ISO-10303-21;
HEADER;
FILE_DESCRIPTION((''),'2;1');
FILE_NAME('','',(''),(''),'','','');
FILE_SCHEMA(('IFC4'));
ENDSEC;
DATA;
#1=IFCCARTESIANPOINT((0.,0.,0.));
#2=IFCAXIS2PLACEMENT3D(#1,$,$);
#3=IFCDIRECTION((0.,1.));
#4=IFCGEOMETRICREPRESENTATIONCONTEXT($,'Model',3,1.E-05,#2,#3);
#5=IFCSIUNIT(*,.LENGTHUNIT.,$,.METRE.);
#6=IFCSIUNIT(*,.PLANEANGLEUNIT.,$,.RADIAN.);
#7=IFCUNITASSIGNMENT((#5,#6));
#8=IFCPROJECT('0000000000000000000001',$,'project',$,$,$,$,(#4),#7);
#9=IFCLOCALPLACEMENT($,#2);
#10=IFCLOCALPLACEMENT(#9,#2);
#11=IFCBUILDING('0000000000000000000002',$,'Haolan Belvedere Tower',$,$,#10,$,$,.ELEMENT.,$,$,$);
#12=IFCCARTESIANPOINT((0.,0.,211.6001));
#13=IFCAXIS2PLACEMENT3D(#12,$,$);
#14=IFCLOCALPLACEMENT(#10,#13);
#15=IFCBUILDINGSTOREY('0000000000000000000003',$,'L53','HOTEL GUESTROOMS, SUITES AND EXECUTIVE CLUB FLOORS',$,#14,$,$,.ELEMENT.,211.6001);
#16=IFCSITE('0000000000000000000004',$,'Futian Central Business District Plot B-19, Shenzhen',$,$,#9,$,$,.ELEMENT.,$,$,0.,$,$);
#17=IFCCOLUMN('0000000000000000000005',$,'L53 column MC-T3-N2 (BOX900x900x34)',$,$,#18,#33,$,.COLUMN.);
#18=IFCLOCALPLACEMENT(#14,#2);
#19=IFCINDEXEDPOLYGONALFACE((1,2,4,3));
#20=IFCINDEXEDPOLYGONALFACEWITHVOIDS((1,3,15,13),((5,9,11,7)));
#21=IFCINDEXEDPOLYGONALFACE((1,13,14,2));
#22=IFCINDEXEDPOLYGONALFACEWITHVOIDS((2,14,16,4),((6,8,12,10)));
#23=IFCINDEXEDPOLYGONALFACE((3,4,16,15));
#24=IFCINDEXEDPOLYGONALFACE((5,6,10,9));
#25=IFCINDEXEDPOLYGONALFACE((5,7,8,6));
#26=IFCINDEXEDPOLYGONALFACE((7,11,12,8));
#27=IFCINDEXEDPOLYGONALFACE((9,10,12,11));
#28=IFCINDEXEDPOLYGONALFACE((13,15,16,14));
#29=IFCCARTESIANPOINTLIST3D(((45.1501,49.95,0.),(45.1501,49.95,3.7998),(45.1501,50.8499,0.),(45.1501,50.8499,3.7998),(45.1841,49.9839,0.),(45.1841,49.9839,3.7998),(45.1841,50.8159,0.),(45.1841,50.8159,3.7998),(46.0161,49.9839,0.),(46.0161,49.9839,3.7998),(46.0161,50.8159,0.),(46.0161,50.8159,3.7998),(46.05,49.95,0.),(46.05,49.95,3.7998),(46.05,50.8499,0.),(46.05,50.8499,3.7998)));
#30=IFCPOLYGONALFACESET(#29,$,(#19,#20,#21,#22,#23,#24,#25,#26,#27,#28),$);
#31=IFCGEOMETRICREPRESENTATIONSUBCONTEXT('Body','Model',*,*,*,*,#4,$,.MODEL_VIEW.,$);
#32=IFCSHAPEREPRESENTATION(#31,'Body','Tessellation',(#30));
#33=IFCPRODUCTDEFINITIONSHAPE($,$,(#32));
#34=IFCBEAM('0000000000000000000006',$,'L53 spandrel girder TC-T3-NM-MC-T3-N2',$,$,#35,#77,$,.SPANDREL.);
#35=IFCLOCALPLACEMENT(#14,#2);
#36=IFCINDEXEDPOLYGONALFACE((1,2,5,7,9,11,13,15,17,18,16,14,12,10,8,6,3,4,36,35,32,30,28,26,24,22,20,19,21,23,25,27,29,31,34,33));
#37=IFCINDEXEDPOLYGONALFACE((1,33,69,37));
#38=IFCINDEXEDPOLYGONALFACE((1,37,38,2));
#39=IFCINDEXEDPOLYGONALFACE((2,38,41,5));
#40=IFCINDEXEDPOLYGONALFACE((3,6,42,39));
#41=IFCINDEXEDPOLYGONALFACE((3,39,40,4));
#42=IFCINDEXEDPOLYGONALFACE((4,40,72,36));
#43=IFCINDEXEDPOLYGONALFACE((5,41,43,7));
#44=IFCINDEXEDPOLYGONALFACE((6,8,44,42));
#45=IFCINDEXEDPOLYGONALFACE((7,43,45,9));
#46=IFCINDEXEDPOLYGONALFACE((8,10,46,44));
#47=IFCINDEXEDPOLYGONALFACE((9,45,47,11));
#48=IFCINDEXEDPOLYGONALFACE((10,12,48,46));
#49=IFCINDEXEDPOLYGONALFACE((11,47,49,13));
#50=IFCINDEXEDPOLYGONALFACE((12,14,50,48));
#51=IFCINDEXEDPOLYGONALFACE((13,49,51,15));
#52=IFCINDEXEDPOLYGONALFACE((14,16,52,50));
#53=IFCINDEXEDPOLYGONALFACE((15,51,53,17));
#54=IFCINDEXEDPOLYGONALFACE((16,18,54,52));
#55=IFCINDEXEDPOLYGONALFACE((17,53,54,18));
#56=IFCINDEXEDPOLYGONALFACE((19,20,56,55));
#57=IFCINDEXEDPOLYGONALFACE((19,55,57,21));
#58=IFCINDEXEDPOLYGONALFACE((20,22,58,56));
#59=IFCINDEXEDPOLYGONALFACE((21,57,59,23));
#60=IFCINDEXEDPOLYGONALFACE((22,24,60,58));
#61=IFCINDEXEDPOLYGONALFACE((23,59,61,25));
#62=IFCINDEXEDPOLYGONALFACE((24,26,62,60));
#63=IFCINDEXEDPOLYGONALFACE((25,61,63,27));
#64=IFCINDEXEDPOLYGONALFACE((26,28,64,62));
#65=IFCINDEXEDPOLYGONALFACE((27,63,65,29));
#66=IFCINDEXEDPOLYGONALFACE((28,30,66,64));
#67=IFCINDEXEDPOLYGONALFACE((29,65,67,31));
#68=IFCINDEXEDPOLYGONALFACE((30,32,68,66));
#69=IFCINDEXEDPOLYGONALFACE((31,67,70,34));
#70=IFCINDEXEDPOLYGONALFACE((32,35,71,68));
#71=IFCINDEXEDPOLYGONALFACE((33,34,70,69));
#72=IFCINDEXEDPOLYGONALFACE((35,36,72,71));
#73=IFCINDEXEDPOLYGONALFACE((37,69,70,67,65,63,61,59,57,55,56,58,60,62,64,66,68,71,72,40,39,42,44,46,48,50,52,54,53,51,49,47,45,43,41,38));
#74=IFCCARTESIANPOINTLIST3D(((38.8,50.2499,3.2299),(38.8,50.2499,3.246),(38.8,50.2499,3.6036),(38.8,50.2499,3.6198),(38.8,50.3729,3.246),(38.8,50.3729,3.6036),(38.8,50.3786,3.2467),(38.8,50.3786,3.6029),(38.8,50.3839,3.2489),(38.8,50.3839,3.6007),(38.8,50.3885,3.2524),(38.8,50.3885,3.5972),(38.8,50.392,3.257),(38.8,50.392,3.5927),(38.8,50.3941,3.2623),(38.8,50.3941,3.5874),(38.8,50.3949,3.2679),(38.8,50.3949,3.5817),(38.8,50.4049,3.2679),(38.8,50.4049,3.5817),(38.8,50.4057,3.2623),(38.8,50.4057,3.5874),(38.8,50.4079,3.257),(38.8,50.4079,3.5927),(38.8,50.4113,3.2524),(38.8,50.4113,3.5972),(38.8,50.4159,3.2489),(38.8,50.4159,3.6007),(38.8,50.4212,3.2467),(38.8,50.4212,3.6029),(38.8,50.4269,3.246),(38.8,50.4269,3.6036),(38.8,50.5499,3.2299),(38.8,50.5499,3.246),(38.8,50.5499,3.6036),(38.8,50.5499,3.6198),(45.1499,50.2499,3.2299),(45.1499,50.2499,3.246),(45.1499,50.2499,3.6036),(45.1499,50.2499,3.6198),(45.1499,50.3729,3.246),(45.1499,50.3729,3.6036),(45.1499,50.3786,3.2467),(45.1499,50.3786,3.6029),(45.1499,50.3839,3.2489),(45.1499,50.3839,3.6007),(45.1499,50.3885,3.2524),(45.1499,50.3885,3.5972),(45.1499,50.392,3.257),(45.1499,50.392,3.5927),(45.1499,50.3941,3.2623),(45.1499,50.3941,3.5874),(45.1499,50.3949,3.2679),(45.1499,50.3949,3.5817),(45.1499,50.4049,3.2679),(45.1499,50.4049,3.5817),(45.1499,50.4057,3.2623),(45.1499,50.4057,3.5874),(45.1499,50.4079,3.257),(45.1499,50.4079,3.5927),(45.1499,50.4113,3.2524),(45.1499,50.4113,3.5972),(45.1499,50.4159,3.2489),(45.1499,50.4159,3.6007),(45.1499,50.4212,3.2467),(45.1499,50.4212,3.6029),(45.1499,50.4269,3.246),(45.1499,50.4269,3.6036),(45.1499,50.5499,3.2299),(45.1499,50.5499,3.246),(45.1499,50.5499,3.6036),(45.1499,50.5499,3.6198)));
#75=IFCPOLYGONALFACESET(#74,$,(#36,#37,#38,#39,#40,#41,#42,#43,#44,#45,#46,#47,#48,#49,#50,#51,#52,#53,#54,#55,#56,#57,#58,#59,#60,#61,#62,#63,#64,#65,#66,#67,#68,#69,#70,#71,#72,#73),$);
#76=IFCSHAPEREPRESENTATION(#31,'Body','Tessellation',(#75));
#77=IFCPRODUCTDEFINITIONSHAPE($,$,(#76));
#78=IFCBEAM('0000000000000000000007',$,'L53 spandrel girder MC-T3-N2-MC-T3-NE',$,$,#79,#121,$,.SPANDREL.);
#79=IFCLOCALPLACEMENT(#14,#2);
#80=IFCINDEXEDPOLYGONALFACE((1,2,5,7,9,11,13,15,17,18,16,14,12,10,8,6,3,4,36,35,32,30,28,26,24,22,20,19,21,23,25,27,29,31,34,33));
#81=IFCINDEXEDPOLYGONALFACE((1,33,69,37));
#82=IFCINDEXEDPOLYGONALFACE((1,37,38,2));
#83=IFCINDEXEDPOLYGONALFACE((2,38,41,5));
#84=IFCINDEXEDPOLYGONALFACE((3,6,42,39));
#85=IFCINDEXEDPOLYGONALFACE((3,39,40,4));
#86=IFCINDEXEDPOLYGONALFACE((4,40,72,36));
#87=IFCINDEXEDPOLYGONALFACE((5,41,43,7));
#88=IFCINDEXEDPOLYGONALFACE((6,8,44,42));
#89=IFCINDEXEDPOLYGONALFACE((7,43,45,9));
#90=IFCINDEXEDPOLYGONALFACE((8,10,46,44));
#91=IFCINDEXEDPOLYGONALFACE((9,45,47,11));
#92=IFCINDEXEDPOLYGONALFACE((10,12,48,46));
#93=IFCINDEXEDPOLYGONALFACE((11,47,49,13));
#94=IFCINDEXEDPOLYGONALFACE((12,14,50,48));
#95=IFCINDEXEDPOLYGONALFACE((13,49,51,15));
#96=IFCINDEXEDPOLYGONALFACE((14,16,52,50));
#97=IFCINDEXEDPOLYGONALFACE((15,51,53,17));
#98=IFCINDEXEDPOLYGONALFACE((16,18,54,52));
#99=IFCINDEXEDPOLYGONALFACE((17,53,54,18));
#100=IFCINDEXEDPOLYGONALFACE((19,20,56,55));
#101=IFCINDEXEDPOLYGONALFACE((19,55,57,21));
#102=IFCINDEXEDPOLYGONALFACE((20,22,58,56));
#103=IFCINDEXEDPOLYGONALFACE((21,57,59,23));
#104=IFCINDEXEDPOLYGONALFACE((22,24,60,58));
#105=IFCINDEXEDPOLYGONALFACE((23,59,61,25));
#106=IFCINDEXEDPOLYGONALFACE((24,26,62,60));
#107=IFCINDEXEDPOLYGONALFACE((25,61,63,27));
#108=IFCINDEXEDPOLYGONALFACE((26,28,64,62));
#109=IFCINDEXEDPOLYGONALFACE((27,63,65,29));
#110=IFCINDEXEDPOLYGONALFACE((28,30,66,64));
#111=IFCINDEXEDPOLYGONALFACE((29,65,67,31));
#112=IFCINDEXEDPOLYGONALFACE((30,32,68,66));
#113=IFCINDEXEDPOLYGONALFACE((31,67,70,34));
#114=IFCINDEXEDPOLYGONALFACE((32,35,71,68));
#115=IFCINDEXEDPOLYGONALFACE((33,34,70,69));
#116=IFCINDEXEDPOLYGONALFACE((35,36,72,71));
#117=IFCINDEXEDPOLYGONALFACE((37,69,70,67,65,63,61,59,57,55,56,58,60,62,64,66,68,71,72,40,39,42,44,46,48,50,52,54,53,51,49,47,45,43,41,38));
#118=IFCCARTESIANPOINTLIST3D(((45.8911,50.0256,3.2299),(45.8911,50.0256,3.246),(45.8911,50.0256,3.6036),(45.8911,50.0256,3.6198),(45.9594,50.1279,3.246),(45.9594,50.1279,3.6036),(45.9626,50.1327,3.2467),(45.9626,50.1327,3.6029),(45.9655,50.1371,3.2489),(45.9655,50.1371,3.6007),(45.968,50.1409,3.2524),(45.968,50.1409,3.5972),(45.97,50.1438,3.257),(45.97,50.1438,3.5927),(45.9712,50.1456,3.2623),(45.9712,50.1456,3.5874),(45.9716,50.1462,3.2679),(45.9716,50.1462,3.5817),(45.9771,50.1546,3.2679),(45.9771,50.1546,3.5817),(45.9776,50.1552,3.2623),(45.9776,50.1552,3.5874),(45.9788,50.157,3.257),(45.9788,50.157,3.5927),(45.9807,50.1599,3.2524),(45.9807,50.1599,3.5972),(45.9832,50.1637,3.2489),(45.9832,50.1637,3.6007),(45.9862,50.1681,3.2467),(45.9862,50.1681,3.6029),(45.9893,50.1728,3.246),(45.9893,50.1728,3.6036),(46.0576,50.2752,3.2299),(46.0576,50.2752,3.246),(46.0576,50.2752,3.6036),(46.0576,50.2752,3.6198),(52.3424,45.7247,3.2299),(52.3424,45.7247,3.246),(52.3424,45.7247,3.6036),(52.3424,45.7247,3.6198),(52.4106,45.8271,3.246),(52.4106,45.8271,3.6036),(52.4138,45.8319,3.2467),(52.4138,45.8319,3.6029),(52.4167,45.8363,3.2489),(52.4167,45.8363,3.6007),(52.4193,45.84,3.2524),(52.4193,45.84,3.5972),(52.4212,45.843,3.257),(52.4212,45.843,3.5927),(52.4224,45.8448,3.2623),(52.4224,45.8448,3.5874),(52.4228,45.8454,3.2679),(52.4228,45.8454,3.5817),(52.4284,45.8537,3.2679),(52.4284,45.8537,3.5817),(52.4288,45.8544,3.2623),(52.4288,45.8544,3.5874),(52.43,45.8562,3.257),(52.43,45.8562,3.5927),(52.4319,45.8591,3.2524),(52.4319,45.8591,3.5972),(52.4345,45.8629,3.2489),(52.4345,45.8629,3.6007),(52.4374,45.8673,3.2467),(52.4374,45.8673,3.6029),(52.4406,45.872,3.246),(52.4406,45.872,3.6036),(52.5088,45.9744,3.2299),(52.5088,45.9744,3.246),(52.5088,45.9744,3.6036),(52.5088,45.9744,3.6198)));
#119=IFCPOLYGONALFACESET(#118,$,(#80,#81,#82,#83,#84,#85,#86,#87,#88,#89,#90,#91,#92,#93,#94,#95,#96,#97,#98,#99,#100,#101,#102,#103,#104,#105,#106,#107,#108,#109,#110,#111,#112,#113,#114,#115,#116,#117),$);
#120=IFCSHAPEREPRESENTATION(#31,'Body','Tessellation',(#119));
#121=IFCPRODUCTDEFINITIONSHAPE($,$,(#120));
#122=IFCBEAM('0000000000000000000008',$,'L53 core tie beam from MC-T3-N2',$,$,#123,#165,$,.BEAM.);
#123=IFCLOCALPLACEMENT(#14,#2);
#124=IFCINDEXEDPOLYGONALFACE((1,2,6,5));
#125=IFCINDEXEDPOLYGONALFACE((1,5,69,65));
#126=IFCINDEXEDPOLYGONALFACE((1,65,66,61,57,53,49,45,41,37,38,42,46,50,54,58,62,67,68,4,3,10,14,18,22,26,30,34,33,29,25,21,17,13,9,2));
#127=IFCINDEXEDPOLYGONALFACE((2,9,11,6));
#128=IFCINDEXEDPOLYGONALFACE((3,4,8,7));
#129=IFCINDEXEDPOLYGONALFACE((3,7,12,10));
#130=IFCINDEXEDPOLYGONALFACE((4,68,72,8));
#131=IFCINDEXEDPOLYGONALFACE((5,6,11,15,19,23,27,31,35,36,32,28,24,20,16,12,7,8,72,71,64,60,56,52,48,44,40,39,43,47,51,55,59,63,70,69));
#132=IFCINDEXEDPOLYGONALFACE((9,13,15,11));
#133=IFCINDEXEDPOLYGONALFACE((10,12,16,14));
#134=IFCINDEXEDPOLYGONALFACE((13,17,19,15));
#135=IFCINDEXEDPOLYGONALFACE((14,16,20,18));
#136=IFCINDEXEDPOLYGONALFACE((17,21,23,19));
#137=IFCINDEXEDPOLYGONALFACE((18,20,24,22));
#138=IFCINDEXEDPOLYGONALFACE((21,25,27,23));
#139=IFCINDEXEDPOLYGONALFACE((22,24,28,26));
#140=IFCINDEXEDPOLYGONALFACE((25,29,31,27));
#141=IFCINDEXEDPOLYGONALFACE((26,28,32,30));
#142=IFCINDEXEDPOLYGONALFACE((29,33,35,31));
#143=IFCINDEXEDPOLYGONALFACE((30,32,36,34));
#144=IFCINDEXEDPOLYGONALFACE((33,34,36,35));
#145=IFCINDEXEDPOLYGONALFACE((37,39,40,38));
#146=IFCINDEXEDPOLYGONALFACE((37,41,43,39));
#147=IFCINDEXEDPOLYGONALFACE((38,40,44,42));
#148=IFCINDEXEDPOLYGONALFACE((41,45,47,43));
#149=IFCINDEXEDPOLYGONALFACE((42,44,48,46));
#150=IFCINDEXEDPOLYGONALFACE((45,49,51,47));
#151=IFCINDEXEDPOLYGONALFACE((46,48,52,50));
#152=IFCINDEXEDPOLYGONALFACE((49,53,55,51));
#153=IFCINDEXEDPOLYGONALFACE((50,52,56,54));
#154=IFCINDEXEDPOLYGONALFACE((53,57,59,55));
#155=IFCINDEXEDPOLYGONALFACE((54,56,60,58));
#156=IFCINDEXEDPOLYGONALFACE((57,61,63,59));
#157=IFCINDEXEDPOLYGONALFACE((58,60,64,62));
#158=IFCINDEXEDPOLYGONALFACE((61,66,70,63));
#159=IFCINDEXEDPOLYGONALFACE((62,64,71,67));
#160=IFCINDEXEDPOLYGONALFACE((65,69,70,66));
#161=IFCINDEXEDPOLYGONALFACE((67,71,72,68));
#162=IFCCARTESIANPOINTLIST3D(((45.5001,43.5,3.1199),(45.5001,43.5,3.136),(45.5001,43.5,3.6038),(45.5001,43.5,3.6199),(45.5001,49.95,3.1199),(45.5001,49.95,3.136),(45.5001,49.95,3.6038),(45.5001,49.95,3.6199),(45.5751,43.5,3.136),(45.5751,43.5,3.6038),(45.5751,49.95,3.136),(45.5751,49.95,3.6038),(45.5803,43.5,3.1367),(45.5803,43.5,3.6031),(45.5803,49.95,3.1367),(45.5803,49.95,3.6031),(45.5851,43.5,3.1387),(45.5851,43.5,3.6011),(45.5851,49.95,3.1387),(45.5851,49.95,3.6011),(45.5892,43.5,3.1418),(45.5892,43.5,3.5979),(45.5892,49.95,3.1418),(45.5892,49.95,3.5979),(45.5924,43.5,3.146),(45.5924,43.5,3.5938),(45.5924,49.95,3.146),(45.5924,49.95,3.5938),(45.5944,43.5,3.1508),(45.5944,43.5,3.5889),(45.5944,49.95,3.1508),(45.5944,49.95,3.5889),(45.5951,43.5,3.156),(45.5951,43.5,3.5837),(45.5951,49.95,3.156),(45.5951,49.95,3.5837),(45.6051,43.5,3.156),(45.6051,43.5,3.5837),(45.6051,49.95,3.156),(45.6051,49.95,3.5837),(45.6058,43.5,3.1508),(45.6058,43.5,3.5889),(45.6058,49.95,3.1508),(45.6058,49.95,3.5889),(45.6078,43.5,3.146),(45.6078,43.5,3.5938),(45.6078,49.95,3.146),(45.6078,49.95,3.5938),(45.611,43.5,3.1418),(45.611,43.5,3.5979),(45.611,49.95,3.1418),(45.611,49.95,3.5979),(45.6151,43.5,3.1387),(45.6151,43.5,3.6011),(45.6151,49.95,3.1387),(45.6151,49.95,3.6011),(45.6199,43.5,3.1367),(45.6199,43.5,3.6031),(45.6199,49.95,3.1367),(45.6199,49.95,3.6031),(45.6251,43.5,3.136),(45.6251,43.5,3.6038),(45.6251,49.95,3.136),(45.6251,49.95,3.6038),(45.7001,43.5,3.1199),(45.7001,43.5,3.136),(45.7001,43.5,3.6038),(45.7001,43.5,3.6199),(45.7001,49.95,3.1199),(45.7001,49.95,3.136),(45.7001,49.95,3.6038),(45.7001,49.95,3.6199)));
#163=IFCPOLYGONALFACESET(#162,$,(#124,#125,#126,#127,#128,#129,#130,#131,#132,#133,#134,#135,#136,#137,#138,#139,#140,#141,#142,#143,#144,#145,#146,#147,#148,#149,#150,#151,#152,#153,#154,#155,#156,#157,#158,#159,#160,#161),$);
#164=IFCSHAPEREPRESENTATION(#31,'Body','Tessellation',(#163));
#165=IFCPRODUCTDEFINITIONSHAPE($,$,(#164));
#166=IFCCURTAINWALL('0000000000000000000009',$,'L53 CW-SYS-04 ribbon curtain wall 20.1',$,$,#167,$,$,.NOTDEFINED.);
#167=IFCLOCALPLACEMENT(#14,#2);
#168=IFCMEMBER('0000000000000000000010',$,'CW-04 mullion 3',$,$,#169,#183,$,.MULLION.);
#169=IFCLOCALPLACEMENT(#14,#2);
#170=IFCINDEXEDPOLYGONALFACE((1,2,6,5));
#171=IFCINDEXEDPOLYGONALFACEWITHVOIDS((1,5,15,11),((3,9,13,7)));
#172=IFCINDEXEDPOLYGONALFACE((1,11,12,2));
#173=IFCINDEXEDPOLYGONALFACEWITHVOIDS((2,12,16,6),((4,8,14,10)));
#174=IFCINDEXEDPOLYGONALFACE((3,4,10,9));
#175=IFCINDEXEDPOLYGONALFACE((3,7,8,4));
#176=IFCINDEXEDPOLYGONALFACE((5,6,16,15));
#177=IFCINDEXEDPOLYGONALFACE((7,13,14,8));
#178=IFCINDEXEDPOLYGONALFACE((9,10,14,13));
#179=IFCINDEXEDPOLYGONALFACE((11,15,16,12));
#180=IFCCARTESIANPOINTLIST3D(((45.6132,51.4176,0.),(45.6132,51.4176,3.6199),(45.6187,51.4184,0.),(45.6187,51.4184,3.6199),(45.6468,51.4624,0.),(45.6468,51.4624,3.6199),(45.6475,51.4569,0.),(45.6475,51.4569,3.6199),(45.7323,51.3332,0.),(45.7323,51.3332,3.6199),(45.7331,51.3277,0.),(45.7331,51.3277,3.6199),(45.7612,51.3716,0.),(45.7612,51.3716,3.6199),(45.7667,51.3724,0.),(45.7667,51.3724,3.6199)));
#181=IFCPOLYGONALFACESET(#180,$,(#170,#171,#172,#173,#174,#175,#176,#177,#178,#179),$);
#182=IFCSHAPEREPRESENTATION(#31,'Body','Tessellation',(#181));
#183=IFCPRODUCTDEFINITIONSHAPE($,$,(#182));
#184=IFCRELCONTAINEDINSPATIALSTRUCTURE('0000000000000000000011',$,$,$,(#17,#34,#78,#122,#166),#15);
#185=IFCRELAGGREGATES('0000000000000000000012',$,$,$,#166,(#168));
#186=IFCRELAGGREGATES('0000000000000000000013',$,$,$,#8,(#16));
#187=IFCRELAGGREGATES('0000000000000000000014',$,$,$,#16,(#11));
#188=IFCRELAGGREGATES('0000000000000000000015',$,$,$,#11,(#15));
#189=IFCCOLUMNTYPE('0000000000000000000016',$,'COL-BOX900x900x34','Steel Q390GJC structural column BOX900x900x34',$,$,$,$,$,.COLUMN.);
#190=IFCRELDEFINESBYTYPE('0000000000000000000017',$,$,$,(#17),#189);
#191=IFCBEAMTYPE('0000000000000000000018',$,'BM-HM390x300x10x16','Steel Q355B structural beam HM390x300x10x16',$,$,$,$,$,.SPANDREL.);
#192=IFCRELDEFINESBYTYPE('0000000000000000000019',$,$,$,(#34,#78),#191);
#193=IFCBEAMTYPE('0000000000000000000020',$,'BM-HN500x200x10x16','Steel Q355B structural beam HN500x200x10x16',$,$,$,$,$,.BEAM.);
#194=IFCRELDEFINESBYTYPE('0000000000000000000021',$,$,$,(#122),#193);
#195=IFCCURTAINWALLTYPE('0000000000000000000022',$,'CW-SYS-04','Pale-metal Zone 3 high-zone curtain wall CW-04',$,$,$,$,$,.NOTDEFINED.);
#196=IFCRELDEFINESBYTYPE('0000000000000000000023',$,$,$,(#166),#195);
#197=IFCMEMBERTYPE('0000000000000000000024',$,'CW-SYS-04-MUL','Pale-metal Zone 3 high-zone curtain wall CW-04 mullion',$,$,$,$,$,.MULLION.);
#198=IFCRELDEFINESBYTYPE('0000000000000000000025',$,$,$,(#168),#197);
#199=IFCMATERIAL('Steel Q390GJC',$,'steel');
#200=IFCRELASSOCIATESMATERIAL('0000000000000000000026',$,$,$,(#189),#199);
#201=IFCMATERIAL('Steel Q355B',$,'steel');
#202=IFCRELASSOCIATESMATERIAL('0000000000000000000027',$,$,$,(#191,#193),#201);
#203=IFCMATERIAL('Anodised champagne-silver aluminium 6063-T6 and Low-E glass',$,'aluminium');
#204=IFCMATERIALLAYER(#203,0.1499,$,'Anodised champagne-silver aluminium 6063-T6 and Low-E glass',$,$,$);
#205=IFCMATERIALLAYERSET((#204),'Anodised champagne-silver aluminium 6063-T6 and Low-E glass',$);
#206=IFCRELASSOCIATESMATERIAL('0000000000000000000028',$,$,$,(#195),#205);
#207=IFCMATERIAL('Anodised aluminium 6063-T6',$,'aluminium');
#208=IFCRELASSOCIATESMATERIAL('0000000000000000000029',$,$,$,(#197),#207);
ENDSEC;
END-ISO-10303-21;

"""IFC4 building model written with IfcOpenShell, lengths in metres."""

from ifc_helpers import new_model, si_unit, direction, frame, origin, origin_2d, place, context, subcontext, project, spatial, hollow_rectangle, i_section, extrude, material, layer, layer_set, material_profile, profile_set, type_object, element, aggregate, save


model = new_model("IFC4")

# Units and contexts
model_context = context("Model", 3, precision=1e-05, world=origin(), true_north=direction((0.0, 1.0)))
body_context = subcontext(model_context, "Body", "Model", "MODEL_VIEW")
ifc_project = project(units=[si_unit("LENGTHUNIT", "METRE"), si_unit("PLANEANGLEUNIT", "RADIAN")], contexts=[model_context])

# Site, building, storey
site_placement = place(None, origin())
site = spatial("IfcSite", under=ifc_project, at=site_placement, Name="Futian Central Business District Plot B-19, Shenzhen", CompositionType="ELEMENT", RefElevation=0.0)
building_placement = place(site_placement, origin())
building = spatial("IfcBuilding", under=site, at=building_placement, Name="Haolan Belvedere Tower", CompositionType="ELEMENT")
storey_placement = place(building_placement, frame((0.0, 0.0, 211.6001)))
storey = spatial("IfcBuildingStorey", under=building, at=storey_placement, Name="L53", Description="HOTEL GUESTROOMS, SUITES AND EXECUTIVE CLUB FLOORS", CompositionType="ELEMENT", Elevation=211.6001)

# Column
ifc_material_1 = material(Name="Steel Q390GJC", Category="steel")
ifc_material_profile_1 = material_profile(ifc_material_1, hollow_rectangle(XDim=0.8999, YDim=0.8999, WallThickness=0.0339, at=origin_2d()), Name="Steel Q390GJC")
ifc_profile_set_1 = profile_set([ifc_material_profile_1], Name="Steel Q390GJC")
column_type = type_object("IfcColumnType", Name="COL-BOX900x900x34", Description="Steel Q390GJC structural column BOX900x900x34", PredefinedType="COLUMN", material=ifc_profile_set_1)
column_placement = place(storey_placement, frame((45.6001, 50.3999, 0.0), z_axis=(0.0, 0.0, 1.0), x_axis=(1.0, 0.0, 0.0)))
element("IfcColumn", 1, at=column_placement, inside=storey, type_object=column_type, Name="L53 column MC-T3-N2 (BOX900x900x34)", PredefinedType="COLUMN", context=body_context, shape_type="SweptSolid", body=[
    extrude(hollow_rectangle(XDim=0.8999, YDim=0.8999, WallThickness=0.0339, at=origin_2d()), origin(), (0.0, 0.0, 1.0), 3.7998),
])

# Beams
ifc_material_2 = material(Name="Steel Q355B", Category="steel")
ifc_material_profile_2 = material_profile(ifc_material_2, i_section(OverallWidth=0.3, OverallDepth=0.3899, WebThickness=0.01, FlangeThickness=0.0161, FilletRadius=0.022, at=origin_2d()), Name="Steel Q355B")
ifc_profile_set_2 = profile_set([ifc_material_profile_2], Name="Steel Q355B")
beam_type_1 = type_object("IfcBeamType", Name="BM-HM390x300x10x16", Description="Steel Q355B structural beam HM390x300x10x16", PredefinedType="SPANDREL", material=ifc_profile_set_2)
beam_1_placement = place(storey_placement, frame((38.8, 50.3999, 3.4248), z_axis=(1.0, 0.0, 0.0), x_axis=(0.0, 1.0, 0.0)))
element("IfcBeam", 2, at=beam_1_placement, inside=storey, type_object=beam_type_1, Name="L53 spandrel girder TC-T3-NM-MC-T3-N2", PredefinedType="SPANDREL", context=body_context, shape_type="SweptSolid", body=[
    extrude(i_section(OverallWidth=0.3, OverallDepth=0.3899, WebThickness=0.01, FlangeThickness=0.0161, FilletRadius=0.022, at=origin_2d()), origin(), (0.0, 0.0, 1.0), 6.3499),
])
beam_2_placement = place(storey_placement, frame((45.9744, 50.1504, 3.4248), z_axis=(0.83205, -0.5547, 0.0), x_axis=(0.5547, 0.83205, 0.0)))
element("IfcBeam", 3, at=beam_2_placement, inside=storey, type_object=beam_type_1, Name="L53 spandrel girder MC-T3-N2-MC-T3-NE", PredefinedType="SPANDREL", context=body_context, shape_type="SweptSolid", body=[
    extrude(i_section(OverallWidth=0.3, OverallDepth=0.3899, WebThickness=0.01, FlangeThickness=0.0161, FilletRadius=0.022, at=origin_2d()), origin(), (0.0, 0.0, 1.0), 7.7534),
])
ifc_material_profile_3 = material_profile(ifc_material_2, i_section(OverallWidth=0.2, OverallDepth=0.5, WebThickness=0.01, FlangeThickness=0.0161, FilletRadius=0.02, at=origin_2d()), Name="Steel Q355B")
ifc_profile_set_3 = profile_set([ifc_material_profile_3], Name="Steel Q355B")
beam_type_2 = type_object("IfcBeamType", Name="BM-HN500x200x10x16", Description="Steel Q355B structural beam HN500x200x10x16", PredefinedType="BEAM", material=ifc_profile_set_3)
beam_3_placement = place(storey_placement, frame((45.6001, 49.95, 3.3699), z_axis=(0.0, -1.0, 0.0), x_axis=(1.0, 0.0, 0.0)))
element("IfcBeam", 4, at=beam_3_placement, inside=storey, type_object=beam_type_2, Name="L53 core tie beam from MC-T3-N2", PredefinedType="BEAM", context=body_context, shape_type="SweptSolid", body=[
    extrude(i_section(OverallWidth=0.2, OverallDepth=0.5, WebThickness=0.01, FlangeThickness=0.0161, FilletRadius=0.02, at=origin_2d()), origin(), (0.0, 0.0, 1.0), 6.45),
])

# Curtain wall, member
ifc_material_3 = material(Name="Anodised champagne-silver aluminium 6063-T6 and Low-E glass", Category="aluminium")
ifc_layer_1 = layer(ifc_material_3, 0.1499, Name="Anodised champagne-silver aluminium 6063-T6 and Low-E glass")
ifc_layer_set_1 = layer_set([ifc_layer_1], Name="Anodised champagne-silver aluminium 6063-T6 and Low-E glass")
curtain_wall_type = type_object("IfcCurtainWallType", Name="CW-SYS-04", Description="Pale-metal Zone 3 high-zone curtain wall CW-04", PredefinedType="NOTDEFINED", material=ifc_layer_set_1)
curtain_wall_1_placement = place(storey_placement, origin())
curtain_wall_1 = element("IfcCurtainWall", 5, at=curtain_wall_1_placement, inside=storey, type_object=curtain_wall_type, Name="L53 CW-SYS-04 ribbon curtain wall 20.1", PredefinedType="NOTDEFINED")
ifc_material_4 = material(Name="Anodised aluminium 6063-T6", Category="aluminium")
ifc_material_profile_4 = material_profile(ifc_material_4, hollow_rectangle(XDim=0.0559, YDim=0.1499, WallThickness=0.0039, at=origin_2d()), Name="Anodised aluminium 6063-T6")
ifc_profile_set_4 = profile_set([ifc_material_profile_4], Name="Anodised aluminium 6063-T6")
member_type_1 = type_object("IfcMemberType", Name="CW-SYS-04-MUL", Description="Pale-metal Zone 3 high-zone curtain wall CW-04 mullion", PredefinedType="MULLION", material=ifc_profile_set_4)
member_1_placement = place(storey_placement, frame((45.6899, 51.395, 0.0), z_axis=(0.0, 0.0, 1.0), x_axis=(-0.600003, -0.799998, 0.0)))
member_1 = element("IfcMember", 6, at=member_1_placement, type_object=member_type_1, Name="CW-04 mullion 3", PredefinedType="MULLION", context=body_context, shape_type="SweptSolid", body=[
    extrude(hollow_rectangle(XDim=0.0559, YDim=0.1499, WallThickness=0.0039, at=origin_2d()), origin(), (0.0, 0.0, 1.0), 3.6199),
])
aggregate(curtain_wall_1, [member_1])

save(model, "model.ifc")
